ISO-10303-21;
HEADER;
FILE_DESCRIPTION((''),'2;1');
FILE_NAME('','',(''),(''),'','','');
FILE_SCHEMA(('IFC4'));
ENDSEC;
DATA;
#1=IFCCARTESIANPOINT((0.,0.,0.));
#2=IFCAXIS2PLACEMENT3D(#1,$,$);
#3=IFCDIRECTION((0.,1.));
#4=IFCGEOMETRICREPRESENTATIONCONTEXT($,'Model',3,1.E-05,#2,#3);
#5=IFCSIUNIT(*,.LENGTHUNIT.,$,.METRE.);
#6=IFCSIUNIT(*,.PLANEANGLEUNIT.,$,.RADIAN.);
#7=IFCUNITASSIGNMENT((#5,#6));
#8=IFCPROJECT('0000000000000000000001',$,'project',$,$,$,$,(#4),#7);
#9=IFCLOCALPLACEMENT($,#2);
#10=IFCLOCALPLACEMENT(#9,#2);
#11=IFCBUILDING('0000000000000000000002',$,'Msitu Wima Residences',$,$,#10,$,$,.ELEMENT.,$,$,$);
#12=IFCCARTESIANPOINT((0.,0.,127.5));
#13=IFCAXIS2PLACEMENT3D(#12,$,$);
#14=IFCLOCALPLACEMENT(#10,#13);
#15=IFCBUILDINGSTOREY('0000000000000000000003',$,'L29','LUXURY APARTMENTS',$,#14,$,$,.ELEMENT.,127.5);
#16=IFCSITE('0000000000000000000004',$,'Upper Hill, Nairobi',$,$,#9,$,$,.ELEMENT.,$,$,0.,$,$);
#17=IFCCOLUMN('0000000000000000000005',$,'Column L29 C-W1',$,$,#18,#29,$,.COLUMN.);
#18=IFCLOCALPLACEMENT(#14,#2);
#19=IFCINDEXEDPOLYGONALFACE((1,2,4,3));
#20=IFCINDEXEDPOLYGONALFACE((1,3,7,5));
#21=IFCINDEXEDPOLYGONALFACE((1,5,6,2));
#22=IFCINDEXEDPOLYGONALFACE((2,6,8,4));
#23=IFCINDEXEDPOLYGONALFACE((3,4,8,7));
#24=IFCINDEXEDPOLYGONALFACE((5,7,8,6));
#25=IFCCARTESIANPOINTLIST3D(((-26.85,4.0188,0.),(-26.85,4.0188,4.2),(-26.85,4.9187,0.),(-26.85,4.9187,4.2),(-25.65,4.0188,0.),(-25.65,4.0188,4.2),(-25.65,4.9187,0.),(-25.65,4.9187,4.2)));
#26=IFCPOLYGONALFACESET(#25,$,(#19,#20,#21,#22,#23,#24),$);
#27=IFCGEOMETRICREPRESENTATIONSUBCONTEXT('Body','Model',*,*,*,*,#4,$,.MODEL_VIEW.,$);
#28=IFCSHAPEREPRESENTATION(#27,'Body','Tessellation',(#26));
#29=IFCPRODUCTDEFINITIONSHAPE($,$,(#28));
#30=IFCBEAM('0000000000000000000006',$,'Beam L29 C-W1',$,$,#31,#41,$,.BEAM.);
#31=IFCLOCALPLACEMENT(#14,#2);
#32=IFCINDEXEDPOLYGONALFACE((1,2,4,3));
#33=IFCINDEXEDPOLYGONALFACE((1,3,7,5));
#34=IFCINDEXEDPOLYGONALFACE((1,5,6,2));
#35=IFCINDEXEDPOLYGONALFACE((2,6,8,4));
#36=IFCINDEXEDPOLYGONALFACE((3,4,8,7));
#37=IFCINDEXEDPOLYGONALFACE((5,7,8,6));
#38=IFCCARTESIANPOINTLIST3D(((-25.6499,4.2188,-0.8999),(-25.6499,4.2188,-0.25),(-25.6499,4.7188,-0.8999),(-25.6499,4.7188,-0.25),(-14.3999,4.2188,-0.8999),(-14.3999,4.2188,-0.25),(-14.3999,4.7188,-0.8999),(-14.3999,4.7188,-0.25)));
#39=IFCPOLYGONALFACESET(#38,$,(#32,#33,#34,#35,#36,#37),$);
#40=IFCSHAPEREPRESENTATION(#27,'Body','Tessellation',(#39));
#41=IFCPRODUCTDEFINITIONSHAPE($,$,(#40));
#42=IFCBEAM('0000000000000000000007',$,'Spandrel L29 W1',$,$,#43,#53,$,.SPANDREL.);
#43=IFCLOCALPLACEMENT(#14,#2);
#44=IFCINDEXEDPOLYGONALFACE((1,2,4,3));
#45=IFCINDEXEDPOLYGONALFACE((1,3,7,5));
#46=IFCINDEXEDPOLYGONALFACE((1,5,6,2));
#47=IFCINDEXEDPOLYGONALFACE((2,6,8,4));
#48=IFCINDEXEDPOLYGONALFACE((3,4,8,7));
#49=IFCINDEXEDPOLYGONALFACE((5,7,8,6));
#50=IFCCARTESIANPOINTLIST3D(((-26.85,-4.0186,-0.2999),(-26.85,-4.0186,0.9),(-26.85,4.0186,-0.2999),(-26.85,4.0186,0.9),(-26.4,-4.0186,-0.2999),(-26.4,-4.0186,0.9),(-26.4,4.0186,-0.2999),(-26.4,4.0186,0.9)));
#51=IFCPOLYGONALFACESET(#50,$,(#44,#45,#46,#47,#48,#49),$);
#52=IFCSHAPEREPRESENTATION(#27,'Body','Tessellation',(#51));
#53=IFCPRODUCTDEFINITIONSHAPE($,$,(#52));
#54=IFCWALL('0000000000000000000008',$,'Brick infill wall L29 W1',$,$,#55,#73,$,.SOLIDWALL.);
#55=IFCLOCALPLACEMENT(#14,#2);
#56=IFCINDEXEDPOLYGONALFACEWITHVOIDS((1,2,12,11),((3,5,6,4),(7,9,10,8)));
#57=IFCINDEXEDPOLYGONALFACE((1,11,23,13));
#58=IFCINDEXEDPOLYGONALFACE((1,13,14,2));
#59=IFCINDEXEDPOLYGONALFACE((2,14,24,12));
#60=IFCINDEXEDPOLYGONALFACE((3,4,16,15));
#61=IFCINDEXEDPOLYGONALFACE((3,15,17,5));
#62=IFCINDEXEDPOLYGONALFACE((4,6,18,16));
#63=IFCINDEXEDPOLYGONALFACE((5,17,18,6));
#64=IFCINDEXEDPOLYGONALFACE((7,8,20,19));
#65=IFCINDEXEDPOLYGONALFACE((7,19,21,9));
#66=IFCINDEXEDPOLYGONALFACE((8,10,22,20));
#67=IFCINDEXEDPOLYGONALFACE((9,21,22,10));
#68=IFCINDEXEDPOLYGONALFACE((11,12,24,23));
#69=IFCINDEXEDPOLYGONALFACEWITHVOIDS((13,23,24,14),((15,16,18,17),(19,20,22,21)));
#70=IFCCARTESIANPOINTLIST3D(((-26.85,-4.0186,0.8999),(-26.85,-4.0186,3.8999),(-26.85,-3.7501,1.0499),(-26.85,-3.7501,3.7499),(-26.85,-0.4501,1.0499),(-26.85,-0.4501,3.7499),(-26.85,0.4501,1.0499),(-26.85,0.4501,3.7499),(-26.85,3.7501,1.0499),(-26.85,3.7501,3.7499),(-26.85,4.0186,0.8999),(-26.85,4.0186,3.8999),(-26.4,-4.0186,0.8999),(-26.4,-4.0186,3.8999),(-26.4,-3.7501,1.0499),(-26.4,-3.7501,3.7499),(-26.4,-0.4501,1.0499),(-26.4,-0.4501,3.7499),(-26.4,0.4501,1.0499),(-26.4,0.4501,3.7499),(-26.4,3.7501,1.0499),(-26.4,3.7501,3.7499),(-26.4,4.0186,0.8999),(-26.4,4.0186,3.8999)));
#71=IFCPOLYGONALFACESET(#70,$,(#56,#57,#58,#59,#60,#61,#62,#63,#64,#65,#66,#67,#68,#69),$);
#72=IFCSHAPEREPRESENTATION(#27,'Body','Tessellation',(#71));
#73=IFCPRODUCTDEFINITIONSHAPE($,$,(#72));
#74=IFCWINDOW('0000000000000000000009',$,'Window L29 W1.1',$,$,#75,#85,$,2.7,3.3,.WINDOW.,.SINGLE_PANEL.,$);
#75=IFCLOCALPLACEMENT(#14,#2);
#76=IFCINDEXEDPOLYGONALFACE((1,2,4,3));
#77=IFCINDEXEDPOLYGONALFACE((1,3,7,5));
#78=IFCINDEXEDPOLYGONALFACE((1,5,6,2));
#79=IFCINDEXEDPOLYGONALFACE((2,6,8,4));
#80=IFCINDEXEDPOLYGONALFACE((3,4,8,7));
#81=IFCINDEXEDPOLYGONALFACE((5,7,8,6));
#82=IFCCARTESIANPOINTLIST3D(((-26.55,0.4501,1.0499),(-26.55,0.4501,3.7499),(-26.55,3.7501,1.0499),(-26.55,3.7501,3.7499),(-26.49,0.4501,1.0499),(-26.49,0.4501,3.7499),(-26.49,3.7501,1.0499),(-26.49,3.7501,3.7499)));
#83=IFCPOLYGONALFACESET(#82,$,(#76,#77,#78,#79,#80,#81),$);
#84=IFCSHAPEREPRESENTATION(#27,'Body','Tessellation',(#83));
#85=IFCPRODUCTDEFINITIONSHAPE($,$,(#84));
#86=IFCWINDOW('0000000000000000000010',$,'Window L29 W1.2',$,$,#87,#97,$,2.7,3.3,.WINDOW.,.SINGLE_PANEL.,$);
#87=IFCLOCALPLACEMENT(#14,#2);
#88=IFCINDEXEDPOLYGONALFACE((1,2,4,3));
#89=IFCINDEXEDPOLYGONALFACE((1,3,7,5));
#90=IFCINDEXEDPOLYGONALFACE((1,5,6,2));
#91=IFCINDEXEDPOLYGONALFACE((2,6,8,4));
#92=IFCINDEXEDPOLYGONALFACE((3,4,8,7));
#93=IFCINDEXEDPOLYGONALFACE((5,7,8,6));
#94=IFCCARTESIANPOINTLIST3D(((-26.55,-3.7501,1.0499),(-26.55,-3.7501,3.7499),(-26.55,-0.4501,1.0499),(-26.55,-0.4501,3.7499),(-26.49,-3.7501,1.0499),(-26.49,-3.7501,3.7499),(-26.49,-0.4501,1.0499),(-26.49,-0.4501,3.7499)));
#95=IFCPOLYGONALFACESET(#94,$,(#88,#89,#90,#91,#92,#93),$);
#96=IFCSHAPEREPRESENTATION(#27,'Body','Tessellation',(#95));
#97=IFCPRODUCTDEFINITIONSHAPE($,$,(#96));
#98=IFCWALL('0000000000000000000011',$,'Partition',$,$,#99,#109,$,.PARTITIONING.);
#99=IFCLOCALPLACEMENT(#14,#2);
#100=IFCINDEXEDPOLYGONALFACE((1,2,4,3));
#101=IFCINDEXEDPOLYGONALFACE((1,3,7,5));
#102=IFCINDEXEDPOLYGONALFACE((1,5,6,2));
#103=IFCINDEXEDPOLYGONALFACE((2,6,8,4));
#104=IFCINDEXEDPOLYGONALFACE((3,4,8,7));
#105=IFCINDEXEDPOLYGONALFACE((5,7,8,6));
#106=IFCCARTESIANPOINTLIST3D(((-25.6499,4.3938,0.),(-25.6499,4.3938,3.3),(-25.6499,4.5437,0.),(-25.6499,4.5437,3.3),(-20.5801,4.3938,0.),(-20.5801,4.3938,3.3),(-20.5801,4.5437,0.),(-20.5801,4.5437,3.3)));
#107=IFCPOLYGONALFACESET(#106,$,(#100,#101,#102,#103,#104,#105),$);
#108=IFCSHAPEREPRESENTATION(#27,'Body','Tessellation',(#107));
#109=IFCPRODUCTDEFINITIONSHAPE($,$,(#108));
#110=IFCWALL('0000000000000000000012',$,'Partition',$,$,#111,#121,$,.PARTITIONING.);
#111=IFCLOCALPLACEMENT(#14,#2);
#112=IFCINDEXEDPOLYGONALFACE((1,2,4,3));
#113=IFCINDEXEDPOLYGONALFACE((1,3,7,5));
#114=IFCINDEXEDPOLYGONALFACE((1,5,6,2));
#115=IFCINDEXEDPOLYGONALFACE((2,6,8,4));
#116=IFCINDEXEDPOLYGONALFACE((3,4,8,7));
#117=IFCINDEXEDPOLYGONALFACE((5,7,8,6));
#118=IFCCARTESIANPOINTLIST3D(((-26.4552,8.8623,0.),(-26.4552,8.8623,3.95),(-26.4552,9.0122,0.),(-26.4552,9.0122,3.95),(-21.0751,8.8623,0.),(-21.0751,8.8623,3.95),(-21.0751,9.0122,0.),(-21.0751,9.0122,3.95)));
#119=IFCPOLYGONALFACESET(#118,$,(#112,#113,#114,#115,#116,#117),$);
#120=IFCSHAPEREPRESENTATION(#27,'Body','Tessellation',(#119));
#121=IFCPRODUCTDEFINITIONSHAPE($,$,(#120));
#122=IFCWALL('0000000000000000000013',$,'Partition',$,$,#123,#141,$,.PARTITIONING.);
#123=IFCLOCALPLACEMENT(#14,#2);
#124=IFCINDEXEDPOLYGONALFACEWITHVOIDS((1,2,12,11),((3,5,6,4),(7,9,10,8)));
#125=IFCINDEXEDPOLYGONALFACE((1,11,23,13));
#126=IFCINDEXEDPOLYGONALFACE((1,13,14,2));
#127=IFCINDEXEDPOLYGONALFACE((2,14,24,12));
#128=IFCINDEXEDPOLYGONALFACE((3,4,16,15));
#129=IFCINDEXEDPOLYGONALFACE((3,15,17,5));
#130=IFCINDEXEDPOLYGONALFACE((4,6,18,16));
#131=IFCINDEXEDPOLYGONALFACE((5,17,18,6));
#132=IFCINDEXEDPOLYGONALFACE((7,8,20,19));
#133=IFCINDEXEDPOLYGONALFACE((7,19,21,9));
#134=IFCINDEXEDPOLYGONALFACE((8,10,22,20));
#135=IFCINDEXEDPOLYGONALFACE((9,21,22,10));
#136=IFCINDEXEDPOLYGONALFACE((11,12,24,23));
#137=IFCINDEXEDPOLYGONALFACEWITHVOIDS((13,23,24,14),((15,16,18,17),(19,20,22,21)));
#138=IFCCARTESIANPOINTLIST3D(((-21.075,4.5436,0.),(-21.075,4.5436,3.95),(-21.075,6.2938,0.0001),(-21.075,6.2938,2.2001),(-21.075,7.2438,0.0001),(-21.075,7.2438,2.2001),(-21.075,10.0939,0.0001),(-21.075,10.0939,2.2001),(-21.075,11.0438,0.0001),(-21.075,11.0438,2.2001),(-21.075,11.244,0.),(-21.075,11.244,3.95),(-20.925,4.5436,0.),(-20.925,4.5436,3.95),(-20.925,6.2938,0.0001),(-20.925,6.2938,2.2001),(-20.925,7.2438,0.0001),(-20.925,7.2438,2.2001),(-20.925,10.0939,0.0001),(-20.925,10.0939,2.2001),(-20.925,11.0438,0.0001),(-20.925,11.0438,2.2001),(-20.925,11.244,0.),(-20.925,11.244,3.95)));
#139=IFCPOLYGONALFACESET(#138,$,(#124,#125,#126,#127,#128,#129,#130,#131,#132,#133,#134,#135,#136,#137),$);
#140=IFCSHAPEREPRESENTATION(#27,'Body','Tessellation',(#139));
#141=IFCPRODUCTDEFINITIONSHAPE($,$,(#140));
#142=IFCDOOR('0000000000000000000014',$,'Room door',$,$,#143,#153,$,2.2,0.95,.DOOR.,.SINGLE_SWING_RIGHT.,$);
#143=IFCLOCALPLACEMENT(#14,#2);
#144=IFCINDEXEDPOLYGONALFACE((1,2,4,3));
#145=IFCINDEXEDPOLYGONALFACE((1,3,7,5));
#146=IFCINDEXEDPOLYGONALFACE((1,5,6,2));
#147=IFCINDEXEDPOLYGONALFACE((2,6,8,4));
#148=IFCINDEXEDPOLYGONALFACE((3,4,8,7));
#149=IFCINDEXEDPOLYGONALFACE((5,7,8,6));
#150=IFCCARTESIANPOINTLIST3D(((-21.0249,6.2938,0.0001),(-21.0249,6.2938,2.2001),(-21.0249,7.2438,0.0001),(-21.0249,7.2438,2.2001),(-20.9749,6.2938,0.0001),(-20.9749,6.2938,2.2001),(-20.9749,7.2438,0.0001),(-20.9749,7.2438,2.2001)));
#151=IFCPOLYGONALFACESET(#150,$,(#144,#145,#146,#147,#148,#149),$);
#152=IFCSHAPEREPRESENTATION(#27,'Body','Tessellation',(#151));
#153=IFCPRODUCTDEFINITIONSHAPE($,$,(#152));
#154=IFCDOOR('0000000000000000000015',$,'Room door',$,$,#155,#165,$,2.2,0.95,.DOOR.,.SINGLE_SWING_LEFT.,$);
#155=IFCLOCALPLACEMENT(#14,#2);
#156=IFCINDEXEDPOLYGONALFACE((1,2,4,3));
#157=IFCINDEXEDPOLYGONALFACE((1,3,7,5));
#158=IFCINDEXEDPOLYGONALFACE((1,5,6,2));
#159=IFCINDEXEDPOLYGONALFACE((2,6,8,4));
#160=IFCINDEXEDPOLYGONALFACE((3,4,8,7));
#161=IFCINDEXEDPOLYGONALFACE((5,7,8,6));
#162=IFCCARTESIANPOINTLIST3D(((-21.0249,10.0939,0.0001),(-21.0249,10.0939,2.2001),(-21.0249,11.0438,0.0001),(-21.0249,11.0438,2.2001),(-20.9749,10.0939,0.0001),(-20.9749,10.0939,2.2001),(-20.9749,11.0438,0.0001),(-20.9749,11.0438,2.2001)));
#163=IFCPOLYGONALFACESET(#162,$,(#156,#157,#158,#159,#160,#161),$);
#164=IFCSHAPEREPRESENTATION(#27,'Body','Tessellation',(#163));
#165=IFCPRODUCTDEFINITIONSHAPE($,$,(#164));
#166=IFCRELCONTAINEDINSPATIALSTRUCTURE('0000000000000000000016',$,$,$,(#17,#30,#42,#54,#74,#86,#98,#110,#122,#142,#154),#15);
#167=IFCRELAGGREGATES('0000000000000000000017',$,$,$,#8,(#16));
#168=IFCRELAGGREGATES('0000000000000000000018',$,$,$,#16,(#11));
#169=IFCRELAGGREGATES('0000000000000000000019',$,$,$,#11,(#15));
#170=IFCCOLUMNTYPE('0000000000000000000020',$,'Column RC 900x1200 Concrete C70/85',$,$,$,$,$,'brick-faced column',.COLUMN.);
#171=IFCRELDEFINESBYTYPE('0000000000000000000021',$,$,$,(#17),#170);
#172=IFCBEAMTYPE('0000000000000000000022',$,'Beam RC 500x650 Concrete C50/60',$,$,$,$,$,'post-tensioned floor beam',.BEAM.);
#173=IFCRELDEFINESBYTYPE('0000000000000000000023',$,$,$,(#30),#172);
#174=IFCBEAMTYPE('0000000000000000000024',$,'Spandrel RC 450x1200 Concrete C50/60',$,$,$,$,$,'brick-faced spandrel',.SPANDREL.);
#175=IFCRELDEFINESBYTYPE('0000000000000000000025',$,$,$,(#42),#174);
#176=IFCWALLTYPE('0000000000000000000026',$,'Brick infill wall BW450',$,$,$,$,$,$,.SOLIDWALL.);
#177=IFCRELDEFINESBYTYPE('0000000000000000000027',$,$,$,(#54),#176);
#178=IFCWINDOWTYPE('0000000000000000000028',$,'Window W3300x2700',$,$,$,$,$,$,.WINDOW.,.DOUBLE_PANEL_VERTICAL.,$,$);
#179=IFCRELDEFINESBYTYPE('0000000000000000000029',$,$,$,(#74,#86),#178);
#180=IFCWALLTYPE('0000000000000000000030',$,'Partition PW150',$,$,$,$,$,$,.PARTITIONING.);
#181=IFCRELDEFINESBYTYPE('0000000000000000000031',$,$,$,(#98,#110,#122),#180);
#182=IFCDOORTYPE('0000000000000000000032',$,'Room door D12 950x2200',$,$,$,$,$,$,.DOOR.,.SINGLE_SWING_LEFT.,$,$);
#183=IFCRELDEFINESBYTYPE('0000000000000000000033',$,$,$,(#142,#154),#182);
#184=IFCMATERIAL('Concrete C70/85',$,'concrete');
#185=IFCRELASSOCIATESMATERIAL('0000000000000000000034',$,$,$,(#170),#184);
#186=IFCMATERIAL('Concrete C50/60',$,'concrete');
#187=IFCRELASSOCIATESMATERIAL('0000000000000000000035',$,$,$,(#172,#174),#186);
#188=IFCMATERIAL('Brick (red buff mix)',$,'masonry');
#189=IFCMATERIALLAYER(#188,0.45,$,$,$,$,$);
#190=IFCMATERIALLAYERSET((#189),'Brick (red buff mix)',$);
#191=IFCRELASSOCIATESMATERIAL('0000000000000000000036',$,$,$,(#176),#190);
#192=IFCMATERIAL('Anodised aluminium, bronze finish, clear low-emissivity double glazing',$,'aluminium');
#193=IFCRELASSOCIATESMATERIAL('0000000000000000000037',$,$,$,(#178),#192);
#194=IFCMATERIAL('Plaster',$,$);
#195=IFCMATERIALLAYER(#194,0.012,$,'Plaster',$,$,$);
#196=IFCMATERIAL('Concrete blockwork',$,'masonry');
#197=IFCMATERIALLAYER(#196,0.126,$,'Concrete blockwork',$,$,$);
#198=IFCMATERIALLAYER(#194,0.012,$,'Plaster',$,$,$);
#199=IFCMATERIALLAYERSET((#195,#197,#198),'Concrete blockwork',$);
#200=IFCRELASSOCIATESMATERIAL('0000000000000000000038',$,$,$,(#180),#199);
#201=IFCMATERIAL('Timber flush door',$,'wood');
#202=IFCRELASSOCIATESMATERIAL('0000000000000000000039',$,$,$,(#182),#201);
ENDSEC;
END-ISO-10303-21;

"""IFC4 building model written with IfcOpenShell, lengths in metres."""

from ifc_helpers import new_model, si_unit, direction, frame, frame_2d, origin, origin_2d, place, context, subcontext, project, spatial, rectangle, extrude, material, layer, layer_set, material_profile, profile_set, type_object, element, fill, save


model = new_model("IFC4")

# Units and contexts
model_context = context("Model", 3, precision=1e-05, world=origin(), true_north=direction((0.0, 1.0)))
body_context = subcontext(model_context, "Body", "Model", "MODEL_VIEW")
ifc_project = project(units=[si_unit("LENGTHUNIT", "METRE"), si_unit("PLANEANGLEUNIT", "RADIAN")], contexts=[model_context])

# Site, building, storey
site_placement = place(None, origin())
site = spatial("IfcSite", under=ifc_project, at=site_placement, Name="Upper Hill, Nairobi", CompositionType="ELEMENT", RefElevation=0.0)
building_placement = place(site_placement, origin())
building = spatial("IfcBuilding", under=site, at=building_placement, Name="Msitu Wima Residences", CompositionType="ELEMENT")
storey_placement = place(building_placement, frame((0.0, 0.0, 127.5)))
storey = spatial("IfcBuildingStorey", under=building, at=storey_placement, Name="L29", Description="LUXURY APARTMENTS", CompositionType="ELEMENT", Elevation=127.5)

# Column
ifc_material_1 = material(Name="Concrete C70/85", Category="concrete")
ifc_material_profile_1 = material_profile(ifc_material_1, rectangle(XDim=0.8999, YDim=1.2, at=origin_2d()), Name="RC 900x1200")
ifc_profile_set_1 = profile_set([ifc_material_profile_1], Name="Concrete C70/85")
column_type = type_object("IfcColumnType", Name="Column RC 900x1200 Concrete C70/85", ElementType="brick-faced column", PredefinedType="COLUMN", material=ifc_profile_set_1)
column_placement = place(storey_placement, frame((-26.25, 4.4688, 0.0), z_axis=(0.0, 0.0, 1.0), x_axis=(0.0, -1.0, 0.0)))
element("IfcColumn", 1, at=column_placement, inside=storey, type_object=column_type, Name="Column L29 C-W1", PredefinedType="COLUMN", context=body_context, shape_type="SweptSolid", body=[
    extrude(rectangle(XDim=0.8999, YDim=1.2, at=origin_2d()), origin(), (0.0, 0.0, 1.0), 4.2),
])

# Beams
ifc_material_2 = material(Name="Concrete C50/60", Category="concrete")
ifc_material_profile_2 = material_profile(ifc_material_2, rectangle(XDim=0.5, YDim=0.6499, at=origin_2d()), Name="RC 500x650")
ifc_profile_set_2 = profile_set([ifc_material_profile_2], Name="Concrete C50/60")
beam_type_1 = type_object("IfcBeamType", Name="Beam RC 500x650 Concrete C50/60", ElementType="post-tensioned floor beam", PredefinedType="BEAM", material=ifc_profile_set_2)
beam_1_placement = place(storey_placement, frame((-25.6499, 4.4688, -0.575), z_axis=(1.0, 0.0, 0.0), x_axis=(0.0, 1.0, 0.0)))
element("IfcBeam", 2, at=beam_1_placement, inside=storey, type_object=beam_type_1, Name="Beam L29 C-W1", PredefinedType="BEAM", context=body_context, shape_type="SweptSolid", body=[
    extrude(rectangle(XDim=0.5, YDim=0.6499, at=origin_2d()), origin(), (0.0, 0.0, 1.0), 11.25),
])
ifc_material_profile_3 = material_profile(ifc_material_2, rectangle(XDim=0.45, YDim=1.2, at=origin_2d()), Name="RC 450x1200")
ifc_profile_set_3 = profile_set([ifc_material_profile_3], Name="Concrete C50/60")
beam_type_2 = type_object("IfcBeamType", Name="Spandrel RC 450x1200 Concrete C50/60", ElementType="brick-faced spandrel", PredefinedType="SPANDREL", material=ifc_profile_set_3)
beam_2_placement = place(storey_placement, frame((-26.625, 4.0186, 0.3), z_axis=(0.0, -1.0, 0.0), x_axis=(1.0, 0.0, 0.0)))
element("IfcBeam", 3, at=beam_2_placement, inside=storey, type_object=beam_type_2, Name="Spandrel L29 W1", PredefinedType="SPANDREL", context=body_context, shape_type="SweptSolid", body=[
    extrude(rectangle(XDim=0.45, YDim=1.2, at=origin_2d()), origin(), (0.0, 0.0, 1.0), 8.0371),
])

# Wall, openings, windows
ifc_material_3 = material(Name="Brick (red buff mix)", Category="masonry")
ifc_layer_1 = layer(ifc_material_3, 0.45)
ifc_layer_set_1 = layer_set([ifc_layer_1], Name="Brick (red buff mix)")
wall_type_1 = type_object("IfcWallType", Name="Brick infill wall BW450", PredefinedType="SOLIDWALL", material=ifc_layer_set_1)
wall_1_placement = place(storey_placement, frame((-26.625, 4.0186, 0.8999), z_axis=(0.0, 0.0, 1.0), x_axis=(0.0, -1.0, 0.0)))
wall_1 = element("IfcWall", 4, at=wall_1_placement, inside=storey, type_object=wall_type_1, Name="Brick infill wall L29 W1", PredefinedType="SOLIDWALL", context=body_context, shape_type="SweptSolid", body=[
    extrude(rectangle(XDim=8.0371, YDim=0.45, at=frame_2d((4.0186, 0.0))), origin(), (0.0, 0.0, 1.0), 3.0),
])
opening_1_placement = place(wall_1_placement, frame((0.2686, 0.0, 0.1499)))
opening_1 = element("IfcOpeningElement", 5, at=opening_1_placement, cuts=wall_1, PredefinedType="OPENING", context=body_context, shape_type="SweptSolid", body=[
    extrude(rectangle(XDim=3.3, YDim=2.7, at=frame_2d((1.6499, 1.3501))), frame((0.0, 0.2349, 0.0), z_axis=(0.0, -1.0, 0.0), x_axis=(1.0, 0.0, 0.0)), (0.0, 0.0, 1.0), 0.47),
])
opening_2_placement = place(wall_1_placement, frame((4.4688, 0.0, 0.1499)))
opening_2 = element("IfcOpeningElement", 6, at=opening_2_placement, cuts=wall_1, PredefinedType="OPENING", context=body_context, shape_type="SweptSolid", body=[
    extrude(rectangle(XDim=3.3, YDim=2.7, at=frame_2d((1.6499, 1.3501))), frame((0.0, 0.2349, 0.0), z_axis=(0.0, -1.0, 0.0), x_axis=(1.0, 0.0, 0.0)), (0.0, 0.0, 1.0), 0.47),
])
ifc_material_4 = material(Name="Anodised aluminium, bronze finish, clear low-emissivity double glazing", Category="aluminium")
window_type = type_object("IfcWindowType", Name="Window W3300x2700", PartitioningType="DOUBLE_PANEL_VERTICAL", PredefinedType="WINDOW", material=ifc_material_4)
window_1_placement = place(opening_1_placement, origin())
window_1 = element("IfcWindow", 7, at=window_1_placement, inside=storey, type_object=window_type, Name="Window L29 W1.1", OverallHeight=2.7, OverallWidth=3.3, PartitioningType="SINGLE_PANEL", PredefinedType="WINDOW", context=body_context, shape_type="SweptSolid", body=[
    extrude(rectangle(XDim=3.3, YDim=2.7, at=frame_2d((1.6499, 1.3501))), frame((0.0, 0.135, 0.0), z_axis=(0.0, -1.0, 0.0), x_axis=(1.0, 0.0, 0.0)), (0.0, 0.0, 1.0), 0.0601),
])
fill(opening_1, window_1)
window_2_placement = place(opening_2_placement, origin())
window_2 = element("IfcWindow", 8, at=window_2_placement, inside=storey, type_object=window_type, Name="Window L29 W1.2", OverallHeight=2.7, OverallWidth=3.3, PartitioningType="SINGLE_PANEL", PredefinedType="WINDOW", context=body_context, shape_type="SweptSolid", body=[
    extrude(rectangle(XDim=3.3, YDim=2.7, at=frame_2d((1.6499, 1.3501))), frame((0.0, 0.135, 0.0), z_axis=(0.0, -1.0, 0.0), x_axis=(1.0, 0.0, 0.0)), (0.0, 0.0, 1.0), 0.0601),
])
fill(opening_2, window_2)

# Walls
ifc_material_5 = material(Name="Plaster")
ifc_layer_2 = layer(ifc_material_5, 0.012, Name="Plaster")
ifc_material_6 = material(Name="Concrete blockwork", Category="masonry")
ifc_layer_3 = layer(ifc_material_6, 0.126, Name="Concrete blockwork")
ifc_layer_4 = layer(ifc_material_5, 0.012, Name="Plaster")
ifc_layer_set_2 = layer_set([ifc_layer_2, ifc_layer_3, ifc_layer_4], Name="Concrete blockwork")
wall_type_2 = type_object("IfcWallType", Name="Partition PW150", PredefinedType="PARTITIONING", material=ifc_layer_set_2)
wall_2_placement = place(storey_placement, frame((-25.6499, 4.4688, 0.0), z_axis=(0.0, 0.0, 1.0), x_axis=(1.0, 0.0, 0.0)))
element("IfcWall", 9, at=wall_2_placement, inside=storey, type_object=wall_type_2, Name="Partition", PredefinedType="PARTITIONING", context=body_context, shape_type="SweptSolid", body=[
    extrude(rectangle(XDim=5.0698, YDim=0.1499, at=frame_2d((2.5349, 0.0))), origin(), (0.0, 0.0, 1.0), 3.3),
])
wall_3_placement = place(storey_placement, frame((-26.4551, 8.9373, 0.0), z_axis=(0.0, 0.0, 1.0), x_axis=(1.0, 0.0, 0.0)))
element("IfcWall", 10, at=wall_3_placement, inside=storey, type_object=wall_type_2, Name="Partition", PredefinedType="PARTITIONING", context=body_context, shape_type="SweptSolid", body=[
    extrude(rectangle(XDim=5.3801, YDim=0.1499, at=frame_2d((2.6899, 0.0))), origin(), (0.0, 0.0, 1.0), 3.95),
])

# Wall, openings, doors
wall_4_placement = place(storey_placement, frame((-21.0, 4.5437, 0.0), z_axis=(0.0, 0.0, 1.0), x_axis=(0.0, 1.0, 0.0)))
wall_4 = element("IfcWall", 11, at=wall_4_placement, inside=storey, type_object=wall_type_2, Name="Partition", PredefinedType="PARTITIONING", context=body_context, shape_type="SweptSolid", body=[
    extrude(rectangle(XDim=6.7004, YDim=0.1499, at=frame_2d((3.3501, 0.0))), origin(), (0.0, 0.0, 1.0), 3.95),
])
opening_3_placement = place(wall_4_placement, frame((1.75, 0.0, 0.0)))
opening_3 = element("IfcOpeningElement", 12, at=opening_3_placement, cuts=wall_4, PredefinedType="OPENING", context=body_context, shape_type="SweptSolid", body=[
    extrude(rectangle(XDim=0.95, YDim=2.2, at=frame_2d((0.4751, 1.1001))), frame((0.0, 0.085, 0.0), z_axis=(0.0, -1.0, 0.0), x_axis=(1.0, 0.0, 0.0)), (0.0, 0.0, 1.0), 0.1699),
])
opening_4_placement = place(wall_4_placement, frame((5.55, 0.0, 0.0)))
opening_4 = element("IfcOpeningElement", 13, at=opening_4_placement, cuts=wall_4, PredefinedType="OPENING", context=body_context, shape_type="SweptSolid", body=[
    extrude(rectangle(XDim=0.95, YDim=2.2, at=frame_2d((0.4751, 1.1001))), frame((0.0, 0.085, 0.0), z_axis=(0.0, -1.0, 0.0), x_axis=(1.0, 0.0, 0.0)), (0.0, 0.0, 1.0), 0.1699),
])
ifc_material_7 = material(Name="Timber flush door", Category="wood")
door_type_1 = type_object("IfcDoorType", Name="Room door D12 950x2200", OperationType="SINGLE_SWING_LEFT", PredefinedType="DOOR", material=ifc_material_7)
door_1_placement = place(opening_3_placement, origin())
door_1 = element("IfcDoor", 14, at=door_1_placement, inside=storey, type_object=door_type_1, Name="Room door", OperationType="SINGLE_SWING_RIGHT", OverallHeight=2.2, OverallWidth=0.95, PredefinedType="DOOR", context=body_context, shape_type="SweptSolid", body=[
    extrude(rectangle(XDim=0.95, YDim=2.2, at=frame_2d((0.4751, 1.1001))), frame((0.0, 0.0249, 0.0), z_axis=(0.0, -1.0, 0.0), x_axis=(1.0, 0.0, 0.0)), (0.0, 0.0, 1.0), 0.05),
])
fill(opening_3, door_1)
door_2_placement = place(opening_4_placement, origin())
door_2 = element("IfcDoor", 15, at=door_2_placement, inside=storey, type_object=door_type_1, Name="Room door", OperationType="SINGLE_SWING_LEFT", OverallHeight=2.2, OverallWidth=0.95, PredefinedType="DOOR", context=body_context, shape_type="SweptSolid", body=[
    extrude(rectangle(XDim=0.95, YDim=2.2, at=frame_2d((0.4751, 1.1001))), frame((0.0, 0.0249, 0.0), z_axis=(0.0, -1.0, 0.0), x_axis=(1.0, 0.0, 0.0)), (0.0, 0.0, 1.0), 0.05),
])
fill(opening_4, door_2)

save(model, "model.ifc")
